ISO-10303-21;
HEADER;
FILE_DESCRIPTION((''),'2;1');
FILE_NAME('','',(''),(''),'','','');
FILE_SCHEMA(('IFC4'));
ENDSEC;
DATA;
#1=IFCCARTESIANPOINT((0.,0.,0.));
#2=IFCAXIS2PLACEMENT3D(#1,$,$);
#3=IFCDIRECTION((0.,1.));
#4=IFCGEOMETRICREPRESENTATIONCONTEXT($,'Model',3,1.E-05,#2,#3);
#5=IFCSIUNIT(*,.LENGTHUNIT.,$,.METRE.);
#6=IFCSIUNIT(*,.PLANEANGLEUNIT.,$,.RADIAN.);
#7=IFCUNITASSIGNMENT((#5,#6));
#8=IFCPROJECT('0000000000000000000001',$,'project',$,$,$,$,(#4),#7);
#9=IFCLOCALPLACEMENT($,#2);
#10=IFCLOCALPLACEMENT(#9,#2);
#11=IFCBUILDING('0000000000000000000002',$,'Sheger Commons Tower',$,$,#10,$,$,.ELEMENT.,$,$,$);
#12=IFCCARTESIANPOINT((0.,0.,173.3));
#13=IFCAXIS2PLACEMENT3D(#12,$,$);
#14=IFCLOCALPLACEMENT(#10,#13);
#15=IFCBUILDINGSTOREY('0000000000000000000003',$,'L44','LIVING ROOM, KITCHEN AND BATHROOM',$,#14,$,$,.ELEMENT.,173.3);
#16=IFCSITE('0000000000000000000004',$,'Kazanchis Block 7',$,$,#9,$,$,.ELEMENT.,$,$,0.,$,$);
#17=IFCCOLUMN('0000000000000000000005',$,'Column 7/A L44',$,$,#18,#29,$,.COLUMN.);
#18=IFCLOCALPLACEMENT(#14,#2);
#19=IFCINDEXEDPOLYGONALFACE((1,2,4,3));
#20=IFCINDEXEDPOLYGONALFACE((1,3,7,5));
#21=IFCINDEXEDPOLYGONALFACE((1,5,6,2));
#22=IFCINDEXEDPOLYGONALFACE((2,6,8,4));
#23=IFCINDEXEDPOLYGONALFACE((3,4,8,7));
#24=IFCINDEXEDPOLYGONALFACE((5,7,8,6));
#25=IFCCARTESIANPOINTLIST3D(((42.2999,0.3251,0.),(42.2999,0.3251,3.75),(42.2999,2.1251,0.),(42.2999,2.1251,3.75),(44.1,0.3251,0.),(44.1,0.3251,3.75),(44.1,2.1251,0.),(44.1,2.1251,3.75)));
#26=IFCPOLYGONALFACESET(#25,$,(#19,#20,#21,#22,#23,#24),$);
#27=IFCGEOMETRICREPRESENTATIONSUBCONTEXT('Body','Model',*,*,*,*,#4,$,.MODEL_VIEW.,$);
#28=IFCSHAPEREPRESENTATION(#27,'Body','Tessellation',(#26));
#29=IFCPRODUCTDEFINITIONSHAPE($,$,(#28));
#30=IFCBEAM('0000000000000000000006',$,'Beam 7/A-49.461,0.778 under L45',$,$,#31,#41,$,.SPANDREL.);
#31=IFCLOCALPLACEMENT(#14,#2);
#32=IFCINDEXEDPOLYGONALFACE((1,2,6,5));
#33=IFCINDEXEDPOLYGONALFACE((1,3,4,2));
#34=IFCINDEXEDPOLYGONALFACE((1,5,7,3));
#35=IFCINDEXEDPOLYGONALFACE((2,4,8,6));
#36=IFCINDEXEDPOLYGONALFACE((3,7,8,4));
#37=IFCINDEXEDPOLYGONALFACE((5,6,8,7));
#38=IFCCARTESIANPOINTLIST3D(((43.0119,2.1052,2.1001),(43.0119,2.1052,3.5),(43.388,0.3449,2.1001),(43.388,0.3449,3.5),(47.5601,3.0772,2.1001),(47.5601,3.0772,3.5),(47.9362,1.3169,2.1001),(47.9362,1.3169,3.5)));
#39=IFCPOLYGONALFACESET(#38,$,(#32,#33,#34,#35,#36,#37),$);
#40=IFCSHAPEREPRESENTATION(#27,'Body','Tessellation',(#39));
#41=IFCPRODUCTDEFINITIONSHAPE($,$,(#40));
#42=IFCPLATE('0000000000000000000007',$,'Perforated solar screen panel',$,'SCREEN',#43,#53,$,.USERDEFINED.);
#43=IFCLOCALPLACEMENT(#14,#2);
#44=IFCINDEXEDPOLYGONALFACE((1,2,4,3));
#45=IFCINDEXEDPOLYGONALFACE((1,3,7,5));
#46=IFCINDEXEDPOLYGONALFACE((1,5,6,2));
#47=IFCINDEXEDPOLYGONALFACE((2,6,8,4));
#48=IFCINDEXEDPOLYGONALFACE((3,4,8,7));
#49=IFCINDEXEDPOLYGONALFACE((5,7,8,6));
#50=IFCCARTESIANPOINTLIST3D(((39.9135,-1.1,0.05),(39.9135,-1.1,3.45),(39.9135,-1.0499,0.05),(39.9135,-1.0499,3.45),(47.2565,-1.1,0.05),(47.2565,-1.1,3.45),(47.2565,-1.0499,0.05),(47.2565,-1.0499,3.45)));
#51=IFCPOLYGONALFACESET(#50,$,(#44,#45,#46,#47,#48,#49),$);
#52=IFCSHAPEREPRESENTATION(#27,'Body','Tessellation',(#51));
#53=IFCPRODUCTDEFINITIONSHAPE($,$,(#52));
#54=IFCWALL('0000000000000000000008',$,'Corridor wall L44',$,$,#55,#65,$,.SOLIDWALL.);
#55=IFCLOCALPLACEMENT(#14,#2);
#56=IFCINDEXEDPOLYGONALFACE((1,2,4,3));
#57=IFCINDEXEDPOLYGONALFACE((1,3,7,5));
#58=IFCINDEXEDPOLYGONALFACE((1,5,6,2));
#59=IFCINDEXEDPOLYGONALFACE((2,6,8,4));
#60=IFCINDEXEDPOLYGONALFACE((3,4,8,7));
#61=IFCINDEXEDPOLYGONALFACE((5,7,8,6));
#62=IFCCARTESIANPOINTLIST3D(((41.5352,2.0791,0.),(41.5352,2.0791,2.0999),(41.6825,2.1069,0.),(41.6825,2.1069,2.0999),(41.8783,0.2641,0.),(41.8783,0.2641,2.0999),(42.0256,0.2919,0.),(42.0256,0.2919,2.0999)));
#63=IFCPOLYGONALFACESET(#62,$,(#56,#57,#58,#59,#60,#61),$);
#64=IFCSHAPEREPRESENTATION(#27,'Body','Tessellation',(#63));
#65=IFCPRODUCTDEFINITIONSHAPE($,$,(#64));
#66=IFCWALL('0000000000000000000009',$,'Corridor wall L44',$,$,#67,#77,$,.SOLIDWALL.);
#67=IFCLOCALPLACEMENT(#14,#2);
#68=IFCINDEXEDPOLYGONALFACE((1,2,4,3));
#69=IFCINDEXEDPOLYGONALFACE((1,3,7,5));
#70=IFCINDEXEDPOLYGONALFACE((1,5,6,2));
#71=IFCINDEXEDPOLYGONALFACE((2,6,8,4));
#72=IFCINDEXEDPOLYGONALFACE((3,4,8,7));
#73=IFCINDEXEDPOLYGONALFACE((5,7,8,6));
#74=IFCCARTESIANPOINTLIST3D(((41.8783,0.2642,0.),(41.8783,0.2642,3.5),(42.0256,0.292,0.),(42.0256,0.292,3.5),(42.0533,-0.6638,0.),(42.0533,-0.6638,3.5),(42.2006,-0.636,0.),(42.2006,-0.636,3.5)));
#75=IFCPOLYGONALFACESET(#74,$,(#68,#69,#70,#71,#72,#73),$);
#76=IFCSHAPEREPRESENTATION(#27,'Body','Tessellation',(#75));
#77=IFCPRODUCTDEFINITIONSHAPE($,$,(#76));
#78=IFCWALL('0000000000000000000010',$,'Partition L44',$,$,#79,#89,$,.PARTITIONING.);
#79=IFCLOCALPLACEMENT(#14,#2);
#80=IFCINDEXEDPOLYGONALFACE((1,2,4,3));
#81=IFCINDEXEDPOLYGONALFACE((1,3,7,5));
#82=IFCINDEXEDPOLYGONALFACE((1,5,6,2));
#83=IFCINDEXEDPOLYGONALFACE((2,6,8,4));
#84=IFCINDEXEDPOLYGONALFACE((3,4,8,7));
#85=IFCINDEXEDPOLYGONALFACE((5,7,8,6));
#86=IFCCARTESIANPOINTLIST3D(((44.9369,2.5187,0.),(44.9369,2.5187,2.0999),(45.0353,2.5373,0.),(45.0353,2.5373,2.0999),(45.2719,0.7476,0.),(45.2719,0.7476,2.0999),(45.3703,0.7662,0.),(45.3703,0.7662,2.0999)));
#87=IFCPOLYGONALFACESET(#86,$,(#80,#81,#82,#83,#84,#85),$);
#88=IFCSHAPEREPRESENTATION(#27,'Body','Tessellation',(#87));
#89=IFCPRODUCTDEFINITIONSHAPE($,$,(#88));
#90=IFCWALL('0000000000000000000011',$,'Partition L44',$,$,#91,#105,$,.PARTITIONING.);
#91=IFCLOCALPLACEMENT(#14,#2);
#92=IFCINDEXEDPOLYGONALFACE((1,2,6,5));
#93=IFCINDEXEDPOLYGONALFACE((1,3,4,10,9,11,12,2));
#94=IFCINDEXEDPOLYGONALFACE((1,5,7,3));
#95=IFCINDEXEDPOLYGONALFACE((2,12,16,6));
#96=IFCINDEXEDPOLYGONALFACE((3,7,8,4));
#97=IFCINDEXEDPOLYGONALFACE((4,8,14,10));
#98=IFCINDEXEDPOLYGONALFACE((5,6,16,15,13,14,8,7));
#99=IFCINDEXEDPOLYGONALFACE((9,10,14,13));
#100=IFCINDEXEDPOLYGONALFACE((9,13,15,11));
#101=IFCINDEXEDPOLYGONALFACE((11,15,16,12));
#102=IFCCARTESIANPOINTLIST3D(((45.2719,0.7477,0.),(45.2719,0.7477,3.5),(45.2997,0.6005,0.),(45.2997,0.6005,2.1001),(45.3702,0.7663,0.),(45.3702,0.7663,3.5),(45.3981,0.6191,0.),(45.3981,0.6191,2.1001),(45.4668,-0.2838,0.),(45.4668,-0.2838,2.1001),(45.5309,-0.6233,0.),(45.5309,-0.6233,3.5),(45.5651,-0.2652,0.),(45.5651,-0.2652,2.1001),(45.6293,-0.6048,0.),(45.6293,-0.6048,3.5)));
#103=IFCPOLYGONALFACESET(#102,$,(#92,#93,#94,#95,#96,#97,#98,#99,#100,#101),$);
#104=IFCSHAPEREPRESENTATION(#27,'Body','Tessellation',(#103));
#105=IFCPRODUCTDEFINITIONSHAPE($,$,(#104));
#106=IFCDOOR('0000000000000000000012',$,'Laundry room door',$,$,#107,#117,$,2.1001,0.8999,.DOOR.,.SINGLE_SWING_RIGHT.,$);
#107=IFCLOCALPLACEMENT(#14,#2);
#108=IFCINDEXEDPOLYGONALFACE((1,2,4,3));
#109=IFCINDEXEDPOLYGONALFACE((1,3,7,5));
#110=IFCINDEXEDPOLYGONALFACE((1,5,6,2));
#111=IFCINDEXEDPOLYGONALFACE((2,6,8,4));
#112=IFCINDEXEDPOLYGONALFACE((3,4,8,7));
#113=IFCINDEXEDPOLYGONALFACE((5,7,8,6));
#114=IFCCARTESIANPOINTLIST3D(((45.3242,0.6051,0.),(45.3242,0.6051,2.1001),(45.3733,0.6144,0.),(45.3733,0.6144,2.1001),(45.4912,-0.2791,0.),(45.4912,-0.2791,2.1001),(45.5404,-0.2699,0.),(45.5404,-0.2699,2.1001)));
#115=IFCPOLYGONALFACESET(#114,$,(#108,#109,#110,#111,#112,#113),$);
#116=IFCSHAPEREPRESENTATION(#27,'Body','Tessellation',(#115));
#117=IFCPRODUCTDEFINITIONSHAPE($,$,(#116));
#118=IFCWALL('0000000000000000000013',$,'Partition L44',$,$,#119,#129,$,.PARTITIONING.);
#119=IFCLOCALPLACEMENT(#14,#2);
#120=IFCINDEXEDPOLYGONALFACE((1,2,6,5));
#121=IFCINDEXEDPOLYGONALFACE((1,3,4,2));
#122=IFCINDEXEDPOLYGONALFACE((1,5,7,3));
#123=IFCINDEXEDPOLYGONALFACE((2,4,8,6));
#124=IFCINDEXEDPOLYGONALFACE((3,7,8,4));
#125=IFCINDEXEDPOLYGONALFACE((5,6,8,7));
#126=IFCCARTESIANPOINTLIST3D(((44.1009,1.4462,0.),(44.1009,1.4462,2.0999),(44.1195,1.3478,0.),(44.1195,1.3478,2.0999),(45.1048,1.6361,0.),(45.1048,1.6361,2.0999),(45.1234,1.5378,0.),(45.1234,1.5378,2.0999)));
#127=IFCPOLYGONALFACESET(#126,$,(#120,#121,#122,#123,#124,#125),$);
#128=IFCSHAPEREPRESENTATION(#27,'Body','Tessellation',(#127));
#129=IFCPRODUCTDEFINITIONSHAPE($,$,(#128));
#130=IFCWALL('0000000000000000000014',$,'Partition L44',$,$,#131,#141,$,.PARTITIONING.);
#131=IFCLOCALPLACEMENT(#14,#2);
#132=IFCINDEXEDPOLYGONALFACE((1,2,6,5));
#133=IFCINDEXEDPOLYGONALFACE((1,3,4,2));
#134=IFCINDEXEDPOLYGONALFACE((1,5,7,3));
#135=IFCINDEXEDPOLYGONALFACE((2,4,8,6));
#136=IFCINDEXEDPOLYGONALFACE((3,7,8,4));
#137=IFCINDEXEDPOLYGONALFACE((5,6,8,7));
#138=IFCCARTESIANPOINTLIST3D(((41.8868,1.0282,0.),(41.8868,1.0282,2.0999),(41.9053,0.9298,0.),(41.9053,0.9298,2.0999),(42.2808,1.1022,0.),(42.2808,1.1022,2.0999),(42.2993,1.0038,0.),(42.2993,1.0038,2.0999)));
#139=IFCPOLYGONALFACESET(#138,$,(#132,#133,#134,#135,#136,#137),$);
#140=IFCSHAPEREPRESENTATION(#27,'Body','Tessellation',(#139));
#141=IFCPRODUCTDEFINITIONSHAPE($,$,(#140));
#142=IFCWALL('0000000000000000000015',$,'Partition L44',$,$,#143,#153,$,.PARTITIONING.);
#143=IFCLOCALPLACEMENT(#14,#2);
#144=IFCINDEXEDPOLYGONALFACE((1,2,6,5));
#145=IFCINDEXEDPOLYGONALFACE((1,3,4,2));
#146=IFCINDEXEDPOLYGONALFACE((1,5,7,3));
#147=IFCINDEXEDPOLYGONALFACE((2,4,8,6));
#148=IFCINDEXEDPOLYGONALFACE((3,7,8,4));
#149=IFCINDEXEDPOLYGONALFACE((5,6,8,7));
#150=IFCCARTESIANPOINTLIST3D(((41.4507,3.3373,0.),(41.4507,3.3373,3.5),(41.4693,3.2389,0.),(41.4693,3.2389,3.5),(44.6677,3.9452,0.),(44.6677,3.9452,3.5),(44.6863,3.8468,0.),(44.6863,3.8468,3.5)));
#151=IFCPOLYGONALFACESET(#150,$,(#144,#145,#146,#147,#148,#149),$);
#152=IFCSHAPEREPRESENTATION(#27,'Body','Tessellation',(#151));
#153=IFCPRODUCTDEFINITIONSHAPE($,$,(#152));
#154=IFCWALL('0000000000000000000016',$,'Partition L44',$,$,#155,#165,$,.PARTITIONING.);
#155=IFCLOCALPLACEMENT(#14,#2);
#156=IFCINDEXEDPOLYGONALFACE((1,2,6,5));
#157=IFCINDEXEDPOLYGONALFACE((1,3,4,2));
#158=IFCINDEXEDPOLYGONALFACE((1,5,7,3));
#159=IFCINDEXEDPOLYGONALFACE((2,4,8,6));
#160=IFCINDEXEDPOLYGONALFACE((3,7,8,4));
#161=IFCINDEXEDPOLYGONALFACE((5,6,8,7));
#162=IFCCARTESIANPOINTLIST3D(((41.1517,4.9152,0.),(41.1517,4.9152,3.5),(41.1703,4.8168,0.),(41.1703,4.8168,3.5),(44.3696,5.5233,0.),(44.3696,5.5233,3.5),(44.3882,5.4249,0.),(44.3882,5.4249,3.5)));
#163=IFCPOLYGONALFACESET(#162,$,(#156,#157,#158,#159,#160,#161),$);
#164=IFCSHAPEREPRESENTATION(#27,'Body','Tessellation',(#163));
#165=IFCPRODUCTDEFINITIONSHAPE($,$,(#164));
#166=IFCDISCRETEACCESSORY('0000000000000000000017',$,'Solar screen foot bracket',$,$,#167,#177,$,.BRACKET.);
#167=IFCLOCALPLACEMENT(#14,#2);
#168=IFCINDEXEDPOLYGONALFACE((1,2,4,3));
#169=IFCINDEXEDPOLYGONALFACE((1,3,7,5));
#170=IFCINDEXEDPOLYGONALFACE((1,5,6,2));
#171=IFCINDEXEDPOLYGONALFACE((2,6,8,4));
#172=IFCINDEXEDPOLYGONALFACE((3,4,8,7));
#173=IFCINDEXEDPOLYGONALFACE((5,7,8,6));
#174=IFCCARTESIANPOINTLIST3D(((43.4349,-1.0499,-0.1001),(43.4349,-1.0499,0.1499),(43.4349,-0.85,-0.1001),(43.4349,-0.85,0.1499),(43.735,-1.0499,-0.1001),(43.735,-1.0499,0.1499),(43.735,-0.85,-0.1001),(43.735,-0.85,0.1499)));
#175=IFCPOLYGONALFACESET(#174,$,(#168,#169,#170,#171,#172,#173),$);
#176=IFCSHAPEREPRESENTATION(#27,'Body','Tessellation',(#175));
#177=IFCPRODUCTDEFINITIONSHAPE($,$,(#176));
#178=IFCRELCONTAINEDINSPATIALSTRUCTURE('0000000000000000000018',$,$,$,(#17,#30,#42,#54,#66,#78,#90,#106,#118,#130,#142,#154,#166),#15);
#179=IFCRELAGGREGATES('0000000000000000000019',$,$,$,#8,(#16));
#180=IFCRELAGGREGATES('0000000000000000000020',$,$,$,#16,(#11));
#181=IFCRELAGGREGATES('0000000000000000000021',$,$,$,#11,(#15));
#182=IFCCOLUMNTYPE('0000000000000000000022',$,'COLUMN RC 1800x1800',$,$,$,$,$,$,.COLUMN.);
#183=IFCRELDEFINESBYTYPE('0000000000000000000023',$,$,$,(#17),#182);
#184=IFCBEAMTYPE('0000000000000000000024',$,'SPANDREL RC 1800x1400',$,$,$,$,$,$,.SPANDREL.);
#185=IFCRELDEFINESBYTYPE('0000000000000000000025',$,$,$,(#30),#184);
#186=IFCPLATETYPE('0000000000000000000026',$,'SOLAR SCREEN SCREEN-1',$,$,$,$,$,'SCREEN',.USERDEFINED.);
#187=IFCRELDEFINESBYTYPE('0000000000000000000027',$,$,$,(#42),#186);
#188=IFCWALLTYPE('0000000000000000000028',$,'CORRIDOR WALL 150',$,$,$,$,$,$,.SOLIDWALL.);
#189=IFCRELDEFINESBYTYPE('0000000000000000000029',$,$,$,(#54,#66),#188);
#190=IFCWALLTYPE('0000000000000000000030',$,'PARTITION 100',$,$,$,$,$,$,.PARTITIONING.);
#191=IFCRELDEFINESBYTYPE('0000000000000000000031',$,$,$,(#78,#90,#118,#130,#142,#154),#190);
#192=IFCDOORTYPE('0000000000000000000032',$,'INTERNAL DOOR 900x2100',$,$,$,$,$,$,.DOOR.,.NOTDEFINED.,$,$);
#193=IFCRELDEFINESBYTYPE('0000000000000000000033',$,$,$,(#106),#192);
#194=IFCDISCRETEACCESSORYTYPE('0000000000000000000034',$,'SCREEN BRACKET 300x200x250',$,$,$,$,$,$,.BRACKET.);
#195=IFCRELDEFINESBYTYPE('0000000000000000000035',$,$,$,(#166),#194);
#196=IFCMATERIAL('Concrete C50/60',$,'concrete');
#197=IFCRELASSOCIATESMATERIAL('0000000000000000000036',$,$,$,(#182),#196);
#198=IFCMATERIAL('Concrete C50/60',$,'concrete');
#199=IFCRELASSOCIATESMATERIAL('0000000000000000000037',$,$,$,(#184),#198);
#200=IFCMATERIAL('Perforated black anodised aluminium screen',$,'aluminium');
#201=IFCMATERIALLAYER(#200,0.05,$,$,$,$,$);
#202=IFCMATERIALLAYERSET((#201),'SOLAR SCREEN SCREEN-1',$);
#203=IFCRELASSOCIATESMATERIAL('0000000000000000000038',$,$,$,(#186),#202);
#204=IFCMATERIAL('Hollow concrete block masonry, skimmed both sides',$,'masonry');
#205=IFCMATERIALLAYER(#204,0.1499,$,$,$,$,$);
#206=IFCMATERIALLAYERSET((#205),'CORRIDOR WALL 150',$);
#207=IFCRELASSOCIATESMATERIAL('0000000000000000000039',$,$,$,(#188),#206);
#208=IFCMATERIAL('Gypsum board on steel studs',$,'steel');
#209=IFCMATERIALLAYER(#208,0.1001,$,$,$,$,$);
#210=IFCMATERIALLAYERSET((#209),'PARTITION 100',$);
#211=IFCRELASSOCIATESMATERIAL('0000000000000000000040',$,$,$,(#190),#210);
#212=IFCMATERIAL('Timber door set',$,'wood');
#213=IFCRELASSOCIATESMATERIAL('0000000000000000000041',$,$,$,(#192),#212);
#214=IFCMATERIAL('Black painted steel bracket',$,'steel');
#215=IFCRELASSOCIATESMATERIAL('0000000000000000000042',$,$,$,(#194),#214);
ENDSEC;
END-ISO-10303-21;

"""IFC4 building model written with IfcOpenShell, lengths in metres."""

from ifc_helpers import new_model, si_unit, direction, frame, frame_2d, origin, origin_2d, place, context, subcontext, project, spatial, rectangle, extrude, material, layer, layer_set, material_profile, profile_set, type_object, element, fill, save


model = new_model("IFC4")

# Units and contexts
model_context = context("Model", 3, precision=1e-05, world=origin(), true_north=direction((0.0, 1.0)))
body_context = subcontext(model_context, "Body", "Model", "MODEL_VIEW")
ifc_project = project(units=[si_unit("LENGTHUNIT", "METRE"), si_unit("PLANEANGLEUNIT", "RADIAN")], contexts=[model_context])

# Site, building, storey
site_placement = place(None, origin())
site = spatial("IfcSite", under=ifc_project, at=site_placement, Name="Kazanchis Block 7", CompositionType="ELEMENT", RefElevation=0.0)
building_placement = place(site_placement, origin())
building = spatial("IfcBuilding", under=site, at=building_placement, Name="Sheger Commons Tower", CompositionType="ELEMENT")
storey_placement = place(building_placement, frame((0.0, 0.0, 173.3)))
storey = spatial("IfcBuildingStorey", under=building, at=storey_placement, Name="L44", Description="LIVING ROOM, KITCHEN AND BATHROOM", CompositionType="ELEMENT", Elevation=173.3)

# Column
ifc_material_1 = material(Name="Concrete C50/60", Category="concrete")
ifc_material_profile_1 = material_profile(ifc_material_1, rectangle(XDim=1.8, YDim=1.8, at=origin_2d()), Name="RC 1800x1800")
ifc_profile_set_1 = profile_set([ifc_material_profile_1], Name="Concrete C50/60")
column_type = type_object("IfcColumnType", Name="COLUMN RC 1800x1800", PredefinedType="COLUMN", material=ifc_profile_set_1)
column_placement = place(storey_placement, frame((43.2, 1.2251, 0.0), z_axis=(0.0, 0.0, 1.0), x_axis=(1.0, 0.0, 0.0)))
element("IfcColumn", 1, at=column_placement, inside=storey, type_object=column_type, Name="Column 7/A L44", PredefinedType="COLUMN", context=body_context, shape_type="SweptSolid", body=[
    extrude(rectangle(XDim=1.8, YDim=1.8, at=origin_2d()), origin(), (0.0, 0.0, 1.0), 3.75),
])

# Beam
ifc_material_2 = material(Name="Concrete C50/60", Category="concrete")
ifc_material_profile_2 = material_profile(ifc_material_2, rectangle(XDim=1.8, YDim=1.3999, at=origin_2d()), Name="RC 1800x1400")
ifc_profile_set_2 = profile_set([ifc_material_profile_2], Name="Concrete C50/60")
beam_type = type_object("IfcBeamType", Name="SPANDREL RC 1800x1400", PredefinedType="SPANDREL", material=ifc_profile_set_2)
beam_placement = place(storey_placement, frame((43.2, 1.2251, 2.8), z_axis=(0.97792, 0.208981, 0.0), x_axis=(-0.208981, 0.97792, 0.0)))
element("IfcBeam", 2, at=beam_placement, inside=storey, type_object=beam_type, Name="Beam 7/A-49.461,0.778 under L45", PredefinedType="SPANDREL", context=body_context, shape_type="SweptSolid", body=[
    extrude(rectangle(XDim=1.8, YDim=1.3999, at=origin_2d()), origin(), (0.0, 0.0, 1.0), 4.6509),
])

# Plate
ifc_material_3 = material(Name="Perforated black anodised aluminium screen", Category="aluminium")
ifc_layer_1 = layer(ifc_material_3, 0.05)
ifc_layer_set_1 = layer_set([ifc_layer_1], Name="SOLAR SCREEN SCREEN-1")
plate_type = type_object("IfcPlateType", Name="SOLAR SCREEN SCREEN-1", ElementType="SCREEN", PredefinedType="USERDEFINED", material=ifc_layer_set_1)
plate_placement = place(storey_placement, frame((43.585, -1.075, 0.05), z_axis=(0.0, 0.0, 1.0), x_axis=(1.0, 0.0, 0.0)))
element("IfcPlate", 3, at=plate_placement, inside=storey, type_object=plate_type, Name="Perforated solar screen panel", ObjectType="SCREEN", PredefinedType="USERDEFINED", context=body_context, shape_type="SweptSolid", body=[
    extrude(rectangle(XDim=7.343, YDim=0.05, at=origin_2d()), origin(), (0.0, 0.0, 1.0), 3.3999),
])

# Walls
ifc_material_4 = material(Name="Hollow concrete block masonry, skimmed both sides", Category="masonry")
ifc_layer_2 = layer(ifc_material_4, 0.1499)
ifc_layer_set_2 = layer_set([ifc_layer_2], Name="CORRIDOR WALL 150")
wall_type_1 = type_object("IfcWallType", Name="CORRIDOR WALL 150", PredefinedType="SOLIDWALL", material=ifc_layer_set_2)
wall_1_placement = place(storey_placement, frame((41.6089, 2.093, 0.0), z_axis=(0.0, 0.0, 1.0), x_axis=(0.185709, -0.982605, 0.0)))
element("IfcWall", 4, at=wall_1_placement, inside=storey, type_object=wall_type_1, Name="Corridor wall L44", PredefinedType="SOLIDWALL", context=body_context, shape_type="SweptSolid", body=[
    extrude(rectangle(XDim=1.8472, YDim=0.1499, at=frame_2d((0.9236, 0.0))), origin(), (0.0, 0.0, 1.0), 2.0999),
])
wall_2_placement = place(storey_placement, frame((41.9519, 0.2781, 0.0), z_axis=(0.0, 0.0, 1.0), x_axis=(0.185365, -0.98267, 0.0)))
element("IfcWall", 5, at=wall_2_placement, inside=storey, type_object=wall_type_1, Name="Corridor wall L44", PredefinedType="SOLIDWALL", context=body_context, shape_type="SweptSolid", body=[
    extrude(rectangle(XDim=0.9443, YDim=0.1499, at=frame_2d((0.4722, 0.0))), origin(), (0.0, 0.0, 1.0), 3.5),
])
ifc_material_5 = material(Name="Gypsum board on steel studs", Category="steel")
ifc_layer_3 = layer(ifc_material_5, 0.1001)
ifc_layer_set_3 = layer_set([ifc_layer_3], Name="PARTITION 100")
wall_type_2 = type_object("IfcWallType", Name="PARTITION 100", PredefinedType="PARTITIONING", material=ifc_layer_set_3)
wall_3_placement = place(storey_placement, frame((44.9861, 2.5281, 0.0), z_axis=(0.0, 0.0, 1.0), x_axis=(0.185842, -0.98258, 0.0)))
element("IfcWall", 6, at=wall_3_placement, inside=storey, type_object=wall_type_2, Name="Partition L44", PredefinedType="PARTITIONING", context=body_context, shape_type="SweptSolid", body=[
    extrude(rectangle(XDim=1.8025, YDim=0.1001, at=frame_2d((0.9014, 0.0))), origin(), (0.0, 0.0, 1.0), 2.0999),
])

# Wall, opening, door
wall_4_placement = place(storey_placement, frame((45.321, 0.7571, 0.0), z_axis=(0.0, 0.0, 1.0), x_axis=(0.185641, -0.982618, 0.0)))
wall_4 = element("IfcWall", 7, at=wall_4_placement, inside=storey, type_object=wall_type_2, Name="Partition L44", PredefinedType="PARTITIONING", context=body_context, shape_type="SweptSolid", body=[
    extrude(rectangle(XDim=1.3953, YDim=0.1001, at=frame_2d((0.6978, 0.0))), origin(), (0.0, 0.0, 1.0), 3.5),
])
opening_placement = place(wall_4_placement, frame((0.1499, 0.0, 0.0)))
opening = element("IfcOpeningElement", 8, at=opening_placement, cuts=wall_4, PredefinedType="OPENING", context=body_context, shape_type="SweptSolid", body=[
    extrude(rectangle(XDim=0.8999, YDim=2.1001, at=frame_2d((0.45, 1.05))), frame((0.0, 0.0601, 0.0), z_axis=(0.0, -1.0, 0.0), x_axis=(1.0, 0.0, 0.0)), (0.0, 0.0, 1.0), 0.1201),
])
ifc_material_6 = material(Name="Timber door set", Category="wood")
door_type = type_object("IfcDoorType", Name="INTERNAL DOOR 900x2100", OperationType="NOTDEFINED", PredefinedType="DOOR", material=ifc_material_6)
door_placement = place(opening_placement, origin())
door = element("IfcDoor", 9, at=door_placement, inside=storey, type_object=door_type, Name="Laundry room door", OperationType="SINGLE_SWING_RIGHT", OverallHeight=2.1001, OverallWidth=0.8999, PredefinedType="DOOR", context=body_context, shape_type="SweptSolid", body=[
    extrude(rectangle(XDim=0.8999, YDim=2.1001, at=frame_2d((0.45, 1.05))), frame((0.0, 0.0249, 0.0), z_axis=(0.0, -1.0, 0.0), x_axis=(1.0, 0.0, 0.0)), (0.0, 0.0, 1.0), 0.05),
])
fill(opening, door)

# Walls
wall_5_placement = place(storey_placement, frame((45.114, 1.5869, 0.0), z_axis=(0.0, 0.0, 1.0), x_axis=(-0.982568, -0.185904, 0.0)))
element("IfcWall", 10, at=wall_5_placement, inside=storey, type_object=wall_type_2, Name="Partition L44", PredefinedType="PARTITIONING", context=body_context, shape_type="SweptSolid", body=[
    extrude(rectangle(XDim=1.0217, YDim=0.1001, at=frame_2d((0.5107, 0.0))), origin(), (0.0, 0.0, 1.0), 2.0999),
])
wall_6_placement = place(storey_placement, frame((42.29, 1.053, 0.0), z_axis=(0.0, 0.0, 1.0), x_axis=(-0.982831, -0.184509, 0.0)))
element("IfcWall", 11, at=wall_6_placement, inside=storey, type_object=wall_type_2, Name="Partition L44", PredefinedType="PARTITIONING", context=body_context, shape_type="SweptSolid", body=[
    extrude(rectangle(XDim=0.4009, YDim=0.1001, at=frame_2d((0.2004, 0.0))), origin(), (0.0, 0.0, 1.0), 2.0999),
])
wall_7_placement = place(storey_placement, frame((44.677, 3.896, 0.0), z_axis=(0.0, 0.0, 1.0), x_axis=(-0.98261, -0.18568, 0.0)))
element("IfcWall", 12, at=wall_7_placement, inside=storey, type_object=wall_type_2, Name="Partition L44", PredefinedType="PARTITIONING", context=body_context, shape_type="SweptSolid", body=[
    extrude(rectangle(XDim=3.2739, YDim=0.1001, at=frame_2d((1.637, 0.0))), origin(), (0.0, 0.0, 1.0), 3.5),
])
wall_8_placement = place(storey_placement, frame((44.3789, 5.4741, 0.0), z_axis=(0.0, 0.0, 1.0), x_axis=(-0.982607, -0.185697, 0.0)))
element("IfcWall", 13, at=wall_8_placement, inside=storey, type_object=wall_type_2, Name="Partition L44", PredefinedType="PARTITIONING", context=body_context, shape_type="SweptSolid", body=[
    extrude(rectangle(XDim=3.2749, YDim=0.1001, at=frame_2d((1.6375, 0.0))), origin(), (0.0, 0.0, 1.0), 3.5),
])

# Discrete accessory
ifc_material_7 = material(Name="Black painted steel bracket", Category="steel")
discrete_accessory_type = type_object("IfcDiscreteAccessoryType", Name="SCREEN BRACKET 300x200x250", PredefinedType="BRACKET", material=ifc_material_7)
for number, where, z_axis, x_axis, name in (
    (14, (43.585, -0.95, -0.1001), (0.0, 0.0, 1.0), (1.0, 0.0, 0.0), "Solar screen foot bracket"),
):
    element("IfcDiscreteAccessory", number, at=place(storey_placement, frame(where, z_axis=z_axis, x_axis=x_axis)), inside=storey, type_object=discrete_accessory_type, Name=name, PredefinedType="BRACKET", context=body_context, shape_type="SweptSolid", body=[
        extrude(rectangle(XDim=0.3, YDim=0.2, at=origin_2d()), origin(), (0.0, 0.0, 1.0), 0.25),
    ])

save(model, "model.ifc")
